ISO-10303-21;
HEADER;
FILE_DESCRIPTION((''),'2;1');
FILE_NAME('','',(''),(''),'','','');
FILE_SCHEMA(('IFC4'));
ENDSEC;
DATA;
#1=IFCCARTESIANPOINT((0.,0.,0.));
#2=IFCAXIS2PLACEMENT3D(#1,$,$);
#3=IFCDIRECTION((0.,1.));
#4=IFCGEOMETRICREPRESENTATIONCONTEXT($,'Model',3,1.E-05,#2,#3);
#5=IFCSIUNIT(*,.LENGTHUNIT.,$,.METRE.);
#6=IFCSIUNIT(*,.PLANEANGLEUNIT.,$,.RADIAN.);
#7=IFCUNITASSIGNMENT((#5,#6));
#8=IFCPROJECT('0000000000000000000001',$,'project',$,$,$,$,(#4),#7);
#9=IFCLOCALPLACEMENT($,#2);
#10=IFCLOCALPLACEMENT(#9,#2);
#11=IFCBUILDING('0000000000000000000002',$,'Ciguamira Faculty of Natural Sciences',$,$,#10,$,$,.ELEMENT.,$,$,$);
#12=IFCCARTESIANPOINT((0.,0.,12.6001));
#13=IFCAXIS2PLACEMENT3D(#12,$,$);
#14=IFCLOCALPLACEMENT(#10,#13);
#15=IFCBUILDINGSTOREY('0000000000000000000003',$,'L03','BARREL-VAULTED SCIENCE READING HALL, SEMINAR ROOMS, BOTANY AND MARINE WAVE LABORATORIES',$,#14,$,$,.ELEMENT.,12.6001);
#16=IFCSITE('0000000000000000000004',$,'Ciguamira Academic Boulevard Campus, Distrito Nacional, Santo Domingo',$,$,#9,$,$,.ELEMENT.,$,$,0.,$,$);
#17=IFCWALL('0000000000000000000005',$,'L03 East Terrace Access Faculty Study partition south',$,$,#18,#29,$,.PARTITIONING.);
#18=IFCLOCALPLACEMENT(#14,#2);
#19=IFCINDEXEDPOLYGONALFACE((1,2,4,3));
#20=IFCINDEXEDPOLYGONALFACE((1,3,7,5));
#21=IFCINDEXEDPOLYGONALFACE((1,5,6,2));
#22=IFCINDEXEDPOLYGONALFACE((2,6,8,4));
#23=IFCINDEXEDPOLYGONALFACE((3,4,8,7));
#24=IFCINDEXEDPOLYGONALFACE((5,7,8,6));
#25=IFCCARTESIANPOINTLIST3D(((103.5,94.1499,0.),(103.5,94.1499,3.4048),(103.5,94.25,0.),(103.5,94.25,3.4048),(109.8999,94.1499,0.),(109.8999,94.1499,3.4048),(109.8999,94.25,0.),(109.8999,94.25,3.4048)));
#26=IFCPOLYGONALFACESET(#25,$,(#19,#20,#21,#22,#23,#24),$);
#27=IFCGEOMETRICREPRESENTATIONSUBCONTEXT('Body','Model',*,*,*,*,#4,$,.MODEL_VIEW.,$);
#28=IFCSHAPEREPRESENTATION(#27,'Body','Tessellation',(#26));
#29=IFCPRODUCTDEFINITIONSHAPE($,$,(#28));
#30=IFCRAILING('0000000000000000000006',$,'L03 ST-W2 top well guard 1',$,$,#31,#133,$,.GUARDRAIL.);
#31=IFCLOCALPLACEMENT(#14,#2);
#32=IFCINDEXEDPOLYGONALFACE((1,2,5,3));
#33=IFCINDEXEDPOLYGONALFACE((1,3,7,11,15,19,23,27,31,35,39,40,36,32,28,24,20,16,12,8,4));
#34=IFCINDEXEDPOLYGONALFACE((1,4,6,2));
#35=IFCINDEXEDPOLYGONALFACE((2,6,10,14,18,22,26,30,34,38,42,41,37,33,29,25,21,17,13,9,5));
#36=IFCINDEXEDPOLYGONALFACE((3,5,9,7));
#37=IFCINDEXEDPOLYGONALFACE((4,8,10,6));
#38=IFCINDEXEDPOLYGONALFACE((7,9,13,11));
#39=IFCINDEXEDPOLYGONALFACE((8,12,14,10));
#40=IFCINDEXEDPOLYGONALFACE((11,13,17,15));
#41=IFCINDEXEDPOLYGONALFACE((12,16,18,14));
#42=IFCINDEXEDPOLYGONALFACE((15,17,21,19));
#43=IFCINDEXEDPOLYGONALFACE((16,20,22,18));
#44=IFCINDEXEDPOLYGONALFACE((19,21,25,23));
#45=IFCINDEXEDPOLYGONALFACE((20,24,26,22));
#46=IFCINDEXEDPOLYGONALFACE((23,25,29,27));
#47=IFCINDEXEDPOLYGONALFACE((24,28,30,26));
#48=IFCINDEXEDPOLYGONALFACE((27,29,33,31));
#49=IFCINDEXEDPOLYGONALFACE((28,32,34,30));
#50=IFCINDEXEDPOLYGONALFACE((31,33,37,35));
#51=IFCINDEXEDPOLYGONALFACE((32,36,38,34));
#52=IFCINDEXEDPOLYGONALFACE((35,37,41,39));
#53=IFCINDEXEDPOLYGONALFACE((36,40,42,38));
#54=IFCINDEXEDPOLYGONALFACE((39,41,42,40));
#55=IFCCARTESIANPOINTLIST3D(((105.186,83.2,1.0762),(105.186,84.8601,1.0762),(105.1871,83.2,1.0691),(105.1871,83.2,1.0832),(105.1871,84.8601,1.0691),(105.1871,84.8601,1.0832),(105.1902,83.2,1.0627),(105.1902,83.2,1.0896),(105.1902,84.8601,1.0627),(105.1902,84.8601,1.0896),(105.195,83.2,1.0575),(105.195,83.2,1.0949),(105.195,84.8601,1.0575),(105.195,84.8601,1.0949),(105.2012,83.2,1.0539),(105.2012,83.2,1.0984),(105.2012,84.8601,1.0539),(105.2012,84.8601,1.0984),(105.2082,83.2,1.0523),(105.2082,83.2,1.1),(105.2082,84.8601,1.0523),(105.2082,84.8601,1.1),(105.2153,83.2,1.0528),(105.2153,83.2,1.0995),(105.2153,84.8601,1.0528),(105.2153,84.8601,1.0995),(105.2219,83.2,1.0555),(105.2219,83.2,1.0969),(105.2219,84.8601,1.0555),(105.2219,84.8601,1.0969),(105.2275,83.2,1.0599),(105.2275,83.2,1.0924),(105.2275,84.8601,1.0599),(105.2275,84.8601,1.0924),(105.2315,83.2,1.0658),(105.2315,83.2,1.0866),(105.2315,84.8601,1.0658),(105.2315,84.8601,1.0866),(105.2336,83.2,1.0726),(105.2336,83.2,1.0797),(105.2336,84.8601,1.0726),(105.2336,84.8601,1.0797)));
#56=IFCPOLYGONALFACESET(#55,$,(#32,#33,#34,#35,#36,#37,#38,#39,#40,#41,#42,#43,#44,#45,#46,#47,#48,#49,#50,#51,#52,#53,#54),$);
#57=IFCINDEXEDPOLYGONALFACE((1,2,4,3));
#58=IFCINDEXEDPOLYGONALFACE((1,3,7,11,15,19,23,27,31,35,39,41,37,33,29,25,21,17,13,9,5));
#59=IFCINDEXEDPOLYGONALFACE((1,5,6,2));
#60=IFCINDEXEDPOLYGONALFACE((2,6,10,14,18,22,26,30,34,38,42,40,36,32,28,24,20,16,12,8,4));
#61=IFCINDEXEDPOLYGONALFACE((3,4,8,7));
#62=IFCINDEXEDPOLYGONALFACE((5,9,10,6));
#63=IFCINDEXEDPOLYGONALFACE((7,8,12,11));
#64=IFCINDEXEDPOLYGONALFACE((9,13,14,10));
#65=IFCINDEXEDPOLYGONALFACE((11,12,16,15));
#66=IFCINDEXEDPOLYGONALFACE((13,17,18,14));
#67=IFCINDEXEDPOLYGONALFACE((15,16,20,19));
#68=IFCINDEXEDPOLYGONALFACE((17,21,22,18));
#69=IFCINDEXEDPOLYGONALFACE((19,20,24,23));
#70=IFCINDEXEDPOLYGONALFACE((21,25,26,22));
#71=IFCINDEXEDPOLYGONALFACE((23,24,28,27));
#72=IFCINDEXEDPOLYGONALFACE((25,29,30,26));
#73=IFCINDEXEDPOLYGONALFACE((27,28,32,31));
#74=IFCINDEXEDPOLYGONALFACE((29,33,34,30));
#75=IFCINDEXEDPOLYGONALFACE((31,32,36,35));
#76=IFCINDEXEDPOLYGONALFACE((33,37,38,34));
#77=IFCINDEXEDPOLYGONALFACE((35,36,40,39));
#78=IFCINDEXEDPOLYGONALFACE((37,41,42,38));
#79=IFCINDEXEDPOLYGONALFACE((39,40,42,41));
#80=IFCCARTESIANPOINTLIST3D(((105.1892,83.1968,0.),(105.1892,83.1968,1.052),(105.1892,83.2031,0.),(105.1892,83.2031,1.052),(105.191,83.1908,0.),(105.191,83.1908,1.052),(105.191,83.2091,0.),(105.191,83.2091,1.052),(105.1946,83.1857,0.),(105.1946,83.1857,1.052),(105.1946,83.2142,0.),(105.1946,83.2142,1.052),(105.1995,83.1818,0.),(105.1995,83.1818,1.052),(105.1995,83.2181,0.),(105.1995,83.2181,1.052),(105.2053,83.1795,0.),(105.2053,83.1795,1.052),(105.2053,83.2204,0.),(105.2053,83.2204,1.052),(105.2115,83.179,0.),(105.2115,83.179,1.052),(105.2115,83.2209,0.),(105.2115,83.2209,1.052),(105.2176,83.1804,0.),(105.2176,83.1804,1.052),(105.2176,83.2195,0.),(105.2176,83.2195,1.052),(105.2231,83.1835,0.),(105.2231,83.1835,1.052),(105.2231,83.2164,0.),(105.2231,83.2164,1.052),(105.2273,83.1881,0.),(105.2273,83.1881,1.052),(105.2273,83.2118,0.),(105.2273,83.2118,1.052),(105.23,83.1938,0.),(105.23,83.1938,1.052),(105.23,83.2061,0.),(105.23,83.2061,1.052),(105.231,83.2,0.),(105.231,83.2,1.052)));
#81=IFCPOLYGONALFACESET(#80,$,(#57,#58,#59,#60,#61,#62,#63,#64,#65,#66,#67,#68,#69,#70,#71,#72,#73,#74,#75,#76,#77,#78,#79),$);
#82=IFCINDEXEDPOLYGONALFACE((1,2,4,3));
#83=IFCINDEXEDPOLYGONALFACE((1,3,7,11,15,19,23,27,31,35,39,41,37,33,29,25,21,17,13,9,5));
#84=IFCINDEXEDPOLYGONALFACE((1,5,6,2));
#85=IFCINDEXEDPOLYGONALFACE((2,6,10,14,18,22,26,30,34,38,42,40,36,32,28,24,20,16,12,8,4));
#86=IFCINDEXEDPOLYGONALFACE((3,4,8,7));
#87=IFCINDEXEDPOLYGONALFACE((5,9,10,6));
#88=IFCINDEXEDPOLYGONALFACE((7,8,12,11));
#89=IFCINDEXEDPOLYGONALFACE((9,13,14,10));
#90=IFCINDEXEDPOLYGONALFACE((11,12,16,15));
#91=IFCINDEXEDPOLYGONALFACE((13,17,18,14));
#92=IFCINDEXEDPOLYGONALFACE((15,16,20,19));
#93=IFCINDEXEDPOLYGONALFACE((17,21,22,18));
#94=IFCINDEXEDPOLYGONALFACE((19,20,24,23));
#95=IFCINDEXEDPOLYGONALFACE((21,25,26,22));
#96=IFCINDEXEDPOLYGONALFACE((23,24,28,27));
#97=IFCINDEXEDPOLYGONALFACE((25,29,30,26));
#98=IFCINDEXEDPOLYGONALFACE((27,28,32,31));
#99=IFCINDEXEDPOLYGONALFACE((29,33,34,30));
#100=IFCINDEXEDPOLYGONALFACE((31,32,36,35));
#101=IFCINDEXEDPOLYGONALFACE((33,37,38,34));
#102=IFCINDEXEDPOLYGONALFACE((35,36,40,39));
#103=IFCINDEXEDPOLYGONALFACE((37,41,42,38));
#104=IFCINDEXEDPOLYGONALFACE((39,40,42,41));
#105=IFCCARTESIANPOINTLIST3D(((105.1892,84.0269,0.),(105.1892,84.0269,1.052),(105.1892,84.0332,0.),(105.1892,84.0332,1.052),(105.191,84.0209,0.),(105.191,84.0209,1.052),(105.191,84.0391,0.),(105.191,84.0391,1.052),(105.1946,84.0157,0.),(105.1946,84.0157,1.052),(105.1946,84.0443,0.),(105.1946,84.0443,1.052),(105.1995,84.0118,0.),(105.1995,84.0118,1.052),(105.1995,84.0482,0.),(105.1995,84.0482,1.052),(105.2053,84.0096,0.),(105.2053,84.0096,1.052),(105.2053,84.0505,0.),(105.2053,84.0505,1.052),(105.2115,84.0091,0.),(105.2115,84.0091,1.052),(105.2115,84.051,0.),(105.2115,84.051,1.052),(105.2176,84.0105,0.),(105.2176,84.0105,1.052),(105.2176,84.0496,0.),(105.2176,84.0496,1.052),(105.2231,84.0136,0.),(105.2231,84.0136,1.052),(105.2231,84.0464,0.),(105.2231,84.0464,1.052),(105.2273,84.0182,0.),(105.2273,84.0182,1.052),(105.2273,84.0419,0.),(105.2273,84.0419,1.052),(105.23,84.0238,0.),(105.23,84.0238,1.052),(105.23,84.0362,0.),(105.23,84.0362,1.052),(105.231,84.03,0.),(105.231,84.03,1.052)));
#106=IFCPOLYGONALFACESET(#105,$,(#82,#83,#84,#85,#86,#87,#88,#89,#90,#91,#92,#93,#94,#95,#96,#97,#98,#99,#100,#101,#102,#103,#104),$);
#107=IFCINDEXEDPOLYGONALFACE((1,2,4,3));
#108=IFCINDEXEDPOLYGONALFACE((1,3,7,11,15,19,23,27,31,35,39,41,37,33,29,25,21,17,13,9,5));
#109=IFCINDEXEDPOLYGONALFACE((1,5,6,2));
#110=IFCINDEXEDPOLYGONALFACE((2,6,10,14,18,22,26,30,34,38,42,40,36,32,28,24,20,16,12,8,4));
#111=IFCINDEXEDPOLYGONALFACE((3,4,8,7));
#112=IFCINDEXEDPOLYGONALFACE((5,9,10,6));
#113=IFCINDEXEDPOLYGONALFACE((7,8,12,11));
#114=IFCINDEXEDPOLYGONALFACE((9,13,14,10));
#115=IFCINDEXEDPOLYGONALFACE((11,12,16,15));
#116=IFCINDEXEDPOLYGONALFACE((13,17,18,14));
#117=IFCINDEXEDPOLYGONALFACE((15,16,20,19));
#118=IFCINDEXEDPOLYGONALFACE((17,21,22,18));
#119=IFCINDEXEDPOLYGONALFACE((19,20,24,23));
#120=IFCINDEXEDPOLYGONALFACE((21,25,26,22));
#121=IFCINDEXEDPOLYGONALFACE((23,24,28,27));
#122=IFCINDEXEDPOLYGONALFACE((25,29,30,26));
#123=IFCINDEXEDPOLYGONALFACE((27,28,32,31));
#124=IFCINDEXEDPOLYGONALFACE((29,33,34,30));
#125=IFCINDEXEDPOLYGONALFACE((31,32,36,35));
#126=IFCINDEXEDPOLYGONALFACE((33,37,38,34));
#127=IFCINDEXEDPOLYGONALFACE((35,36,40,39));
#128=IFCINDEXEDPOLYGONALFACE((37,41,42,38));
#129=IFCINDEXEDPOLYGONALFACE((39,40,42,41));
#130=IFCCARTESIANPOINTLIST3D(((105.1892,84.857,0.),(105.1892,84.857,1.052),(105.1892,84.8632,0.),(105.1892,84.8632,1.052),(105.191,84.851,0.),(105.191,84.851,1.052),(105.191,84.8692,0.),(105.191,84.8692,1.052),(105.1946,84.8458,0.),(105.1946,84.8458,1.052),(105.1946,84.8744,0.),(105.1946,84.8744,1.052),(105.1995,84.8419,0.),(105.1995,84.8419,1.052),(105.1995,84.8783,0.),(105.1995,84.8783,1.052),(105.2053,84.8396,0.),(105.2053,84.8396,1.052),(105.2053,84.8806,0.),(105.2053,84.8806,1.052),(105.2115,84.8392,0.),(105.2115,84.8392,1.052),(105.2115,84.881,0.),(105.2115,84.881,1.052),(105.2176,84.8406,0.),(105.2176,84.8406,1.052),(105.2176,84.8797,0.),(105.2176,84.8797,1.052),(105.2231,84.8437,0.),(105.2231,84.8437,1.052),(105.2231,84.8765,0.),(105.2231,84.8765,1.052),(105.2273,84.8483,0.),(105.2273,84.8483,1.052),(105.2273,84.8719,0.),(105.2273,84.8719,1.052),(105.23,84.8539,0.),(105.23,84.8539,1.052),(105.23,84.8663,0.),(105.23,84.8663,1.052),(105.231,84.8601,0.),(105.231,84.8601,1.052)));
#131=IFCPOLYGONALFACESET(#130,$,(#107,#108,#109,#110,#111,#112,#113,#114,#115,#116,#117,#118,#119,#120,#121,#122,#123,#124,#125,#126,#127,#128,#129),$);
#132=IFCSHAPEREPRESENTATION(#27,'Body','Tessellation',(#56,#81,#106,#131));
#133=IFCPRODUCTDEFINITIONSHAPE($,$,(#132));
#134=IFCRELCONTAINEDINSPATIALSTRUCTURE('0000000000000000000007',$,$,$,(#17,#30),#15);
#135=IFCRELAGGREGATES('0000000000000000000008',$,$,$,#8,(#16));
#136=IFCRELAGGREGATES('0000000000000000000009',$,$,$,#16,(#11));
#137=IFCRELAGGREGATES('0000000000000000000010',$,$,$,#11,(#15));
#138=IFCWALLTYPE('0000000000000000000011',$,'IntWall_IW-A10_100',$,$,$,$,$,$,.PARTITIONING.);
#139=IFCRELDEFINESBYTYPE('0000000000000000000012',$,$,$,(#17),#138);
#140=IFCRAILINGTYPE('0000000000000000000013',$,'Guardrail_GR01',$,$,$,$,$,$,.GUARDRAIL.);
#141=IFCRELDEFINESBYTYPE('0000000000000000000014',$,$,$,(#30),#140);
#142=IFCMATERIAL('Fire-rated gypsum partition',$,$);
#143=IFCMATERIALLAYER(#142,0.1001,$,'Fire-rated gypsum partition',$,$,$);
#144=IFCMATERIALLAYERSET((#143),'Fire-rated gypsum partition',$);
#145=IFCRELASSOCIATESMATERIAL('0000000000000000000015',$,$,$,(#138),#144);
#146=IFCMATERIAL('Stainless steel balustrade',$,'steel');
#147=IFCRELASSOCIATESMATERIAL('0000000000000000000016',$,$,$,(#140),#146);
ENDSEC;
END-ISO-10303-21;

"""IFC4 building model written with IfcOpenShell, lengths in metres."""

from ifc_helpers import new_model, si_unit, direction, frame, frame_2d, origin, origin_2d, place, context, subcontext, project, spatial, rectangle, circle, extrude, material, layer, layer_set, type_object, element, save


model = new_model("IFC4")

# Units and contexts
model_context = context("Model", 3, precision=1e-05, world=origin(), true_north=direction((0.0, 1.0)))
body_context = subcontext(model_context, "Body", "Model", "MODEL_VIEW")
ifc_project = project(units=[si_unit("LENGTHUNIT", "METRE"), si_unit("PLANEANGLEUNIT", "RADIAN")], contexts=[model_context])

# Site, building, storey
site_placement = place(None, origin())
site = spatial("IfcSite", under=ifc_project, at=site_placement, Name="Ciguamira Academic Boulevard Campus, Distrito Nacional, Santo Domingo", CompositionType="ELEMENT", RefElevation=0.0)
building_placement = place(site_placement, origin())
building = spatial("IfcBuilding", under=site, at=building_placement, Name="Ciguamira Faculty of Natural Sciences", CompositionType="ELEMENT")
storey_placement = place(building_placement, frame((0.0, 0.0, 12.6001)))
storey = spatial("IfcBuildingStorey", under=building, at=storey_placement, Name="L03", Description="BARREL-VAULTED SCIENCE READING HALL, SEMINAR ROOMS, BOTANY AND MARINE WAVE LABORATORIES", CompositionType="ELEMENT", Elevation=12.6001)

# Wall
ifc_material_1 = material(Name="Fire-rated gypsum partition")
ifc_layer_1 = layer(ifc_material_1, 0.1001, Name="Fire-rated gypsum partition")
ifc_layer_set_1 = layer_set([ifc_layer_1], Name="Fire-rated gypsum partition")
wall_type_1 = type_object("IfcWallType", Name="IntWall_IW-A10_100", PredefinedType="PARTITIONING", material=ifc_layer_set_1)
wall_1_placement = place(storey_placement, frame((103.5, 94.2, 0.0), z_axis=(0.0, 0.0, 1.0), x_axis=(1.0, 0.0, 0.0)))
element("IfcWall", 1, at=wall_1_placement, inside=storey, type_object=wall_type_1, Name="L03 East Terrace Access Faculty Study partition south", PredefinedType="PARTITIONING", context=body_context, shape_type="SweptSolid", body=[
    extrude(rectangle(XDim=6.3999, YDim=0.1001, at=frame_2d((3.2, 0.0))), origin(), (0.0, 0.0, 1.0), 3.4048),
])

# Railing
ifc_material_2 = material(Name="Stainless steel balustrade", Category="steel")
railing_type = type_object("IfcRailingType", Name="Guardrail_GR01", PredefinedType="GUARDRAIL", material=ifc_material_2)
railing_placement = place(storey_placement, frame((105.21, 83.2, 0.0)))
element("IfcRailing", 2, at=railing_placement, inside=storey, type_object=railing_type, Name="L03 ST-W2 top well guard 1", PredefinedType="GUARDRAIL", context=body_context, shape_type="SweptSolid", body=[
    extrude(circle(Radius=0.0239, at=origin_2d()), frame((0.0, 0.0, 1.0762), z_axis=(0.0, 1.0, 0.0), x_axis=(-1.0, 0.0, 0.0)), (0.0, 0.0, 1.0), 1.6602),
    extrude(circle(Radius=0.021, at=origin_2d()), origin(), (0.0, 0.0, 1.0), 1.052),
    extrude(circle(Radius=0.021, at=origin_2d()), frame((0.0, 0.8301, 0.0)), (0.0, 0.0, 1.0), 1.052),
    extrude(circle(Radius=0.021, at=origin_2d()), frame((0.0, 1.6602, 0.0)), (0.0, 0.0, 1.0), 1.052),
])

save(model, "model.ifc")
